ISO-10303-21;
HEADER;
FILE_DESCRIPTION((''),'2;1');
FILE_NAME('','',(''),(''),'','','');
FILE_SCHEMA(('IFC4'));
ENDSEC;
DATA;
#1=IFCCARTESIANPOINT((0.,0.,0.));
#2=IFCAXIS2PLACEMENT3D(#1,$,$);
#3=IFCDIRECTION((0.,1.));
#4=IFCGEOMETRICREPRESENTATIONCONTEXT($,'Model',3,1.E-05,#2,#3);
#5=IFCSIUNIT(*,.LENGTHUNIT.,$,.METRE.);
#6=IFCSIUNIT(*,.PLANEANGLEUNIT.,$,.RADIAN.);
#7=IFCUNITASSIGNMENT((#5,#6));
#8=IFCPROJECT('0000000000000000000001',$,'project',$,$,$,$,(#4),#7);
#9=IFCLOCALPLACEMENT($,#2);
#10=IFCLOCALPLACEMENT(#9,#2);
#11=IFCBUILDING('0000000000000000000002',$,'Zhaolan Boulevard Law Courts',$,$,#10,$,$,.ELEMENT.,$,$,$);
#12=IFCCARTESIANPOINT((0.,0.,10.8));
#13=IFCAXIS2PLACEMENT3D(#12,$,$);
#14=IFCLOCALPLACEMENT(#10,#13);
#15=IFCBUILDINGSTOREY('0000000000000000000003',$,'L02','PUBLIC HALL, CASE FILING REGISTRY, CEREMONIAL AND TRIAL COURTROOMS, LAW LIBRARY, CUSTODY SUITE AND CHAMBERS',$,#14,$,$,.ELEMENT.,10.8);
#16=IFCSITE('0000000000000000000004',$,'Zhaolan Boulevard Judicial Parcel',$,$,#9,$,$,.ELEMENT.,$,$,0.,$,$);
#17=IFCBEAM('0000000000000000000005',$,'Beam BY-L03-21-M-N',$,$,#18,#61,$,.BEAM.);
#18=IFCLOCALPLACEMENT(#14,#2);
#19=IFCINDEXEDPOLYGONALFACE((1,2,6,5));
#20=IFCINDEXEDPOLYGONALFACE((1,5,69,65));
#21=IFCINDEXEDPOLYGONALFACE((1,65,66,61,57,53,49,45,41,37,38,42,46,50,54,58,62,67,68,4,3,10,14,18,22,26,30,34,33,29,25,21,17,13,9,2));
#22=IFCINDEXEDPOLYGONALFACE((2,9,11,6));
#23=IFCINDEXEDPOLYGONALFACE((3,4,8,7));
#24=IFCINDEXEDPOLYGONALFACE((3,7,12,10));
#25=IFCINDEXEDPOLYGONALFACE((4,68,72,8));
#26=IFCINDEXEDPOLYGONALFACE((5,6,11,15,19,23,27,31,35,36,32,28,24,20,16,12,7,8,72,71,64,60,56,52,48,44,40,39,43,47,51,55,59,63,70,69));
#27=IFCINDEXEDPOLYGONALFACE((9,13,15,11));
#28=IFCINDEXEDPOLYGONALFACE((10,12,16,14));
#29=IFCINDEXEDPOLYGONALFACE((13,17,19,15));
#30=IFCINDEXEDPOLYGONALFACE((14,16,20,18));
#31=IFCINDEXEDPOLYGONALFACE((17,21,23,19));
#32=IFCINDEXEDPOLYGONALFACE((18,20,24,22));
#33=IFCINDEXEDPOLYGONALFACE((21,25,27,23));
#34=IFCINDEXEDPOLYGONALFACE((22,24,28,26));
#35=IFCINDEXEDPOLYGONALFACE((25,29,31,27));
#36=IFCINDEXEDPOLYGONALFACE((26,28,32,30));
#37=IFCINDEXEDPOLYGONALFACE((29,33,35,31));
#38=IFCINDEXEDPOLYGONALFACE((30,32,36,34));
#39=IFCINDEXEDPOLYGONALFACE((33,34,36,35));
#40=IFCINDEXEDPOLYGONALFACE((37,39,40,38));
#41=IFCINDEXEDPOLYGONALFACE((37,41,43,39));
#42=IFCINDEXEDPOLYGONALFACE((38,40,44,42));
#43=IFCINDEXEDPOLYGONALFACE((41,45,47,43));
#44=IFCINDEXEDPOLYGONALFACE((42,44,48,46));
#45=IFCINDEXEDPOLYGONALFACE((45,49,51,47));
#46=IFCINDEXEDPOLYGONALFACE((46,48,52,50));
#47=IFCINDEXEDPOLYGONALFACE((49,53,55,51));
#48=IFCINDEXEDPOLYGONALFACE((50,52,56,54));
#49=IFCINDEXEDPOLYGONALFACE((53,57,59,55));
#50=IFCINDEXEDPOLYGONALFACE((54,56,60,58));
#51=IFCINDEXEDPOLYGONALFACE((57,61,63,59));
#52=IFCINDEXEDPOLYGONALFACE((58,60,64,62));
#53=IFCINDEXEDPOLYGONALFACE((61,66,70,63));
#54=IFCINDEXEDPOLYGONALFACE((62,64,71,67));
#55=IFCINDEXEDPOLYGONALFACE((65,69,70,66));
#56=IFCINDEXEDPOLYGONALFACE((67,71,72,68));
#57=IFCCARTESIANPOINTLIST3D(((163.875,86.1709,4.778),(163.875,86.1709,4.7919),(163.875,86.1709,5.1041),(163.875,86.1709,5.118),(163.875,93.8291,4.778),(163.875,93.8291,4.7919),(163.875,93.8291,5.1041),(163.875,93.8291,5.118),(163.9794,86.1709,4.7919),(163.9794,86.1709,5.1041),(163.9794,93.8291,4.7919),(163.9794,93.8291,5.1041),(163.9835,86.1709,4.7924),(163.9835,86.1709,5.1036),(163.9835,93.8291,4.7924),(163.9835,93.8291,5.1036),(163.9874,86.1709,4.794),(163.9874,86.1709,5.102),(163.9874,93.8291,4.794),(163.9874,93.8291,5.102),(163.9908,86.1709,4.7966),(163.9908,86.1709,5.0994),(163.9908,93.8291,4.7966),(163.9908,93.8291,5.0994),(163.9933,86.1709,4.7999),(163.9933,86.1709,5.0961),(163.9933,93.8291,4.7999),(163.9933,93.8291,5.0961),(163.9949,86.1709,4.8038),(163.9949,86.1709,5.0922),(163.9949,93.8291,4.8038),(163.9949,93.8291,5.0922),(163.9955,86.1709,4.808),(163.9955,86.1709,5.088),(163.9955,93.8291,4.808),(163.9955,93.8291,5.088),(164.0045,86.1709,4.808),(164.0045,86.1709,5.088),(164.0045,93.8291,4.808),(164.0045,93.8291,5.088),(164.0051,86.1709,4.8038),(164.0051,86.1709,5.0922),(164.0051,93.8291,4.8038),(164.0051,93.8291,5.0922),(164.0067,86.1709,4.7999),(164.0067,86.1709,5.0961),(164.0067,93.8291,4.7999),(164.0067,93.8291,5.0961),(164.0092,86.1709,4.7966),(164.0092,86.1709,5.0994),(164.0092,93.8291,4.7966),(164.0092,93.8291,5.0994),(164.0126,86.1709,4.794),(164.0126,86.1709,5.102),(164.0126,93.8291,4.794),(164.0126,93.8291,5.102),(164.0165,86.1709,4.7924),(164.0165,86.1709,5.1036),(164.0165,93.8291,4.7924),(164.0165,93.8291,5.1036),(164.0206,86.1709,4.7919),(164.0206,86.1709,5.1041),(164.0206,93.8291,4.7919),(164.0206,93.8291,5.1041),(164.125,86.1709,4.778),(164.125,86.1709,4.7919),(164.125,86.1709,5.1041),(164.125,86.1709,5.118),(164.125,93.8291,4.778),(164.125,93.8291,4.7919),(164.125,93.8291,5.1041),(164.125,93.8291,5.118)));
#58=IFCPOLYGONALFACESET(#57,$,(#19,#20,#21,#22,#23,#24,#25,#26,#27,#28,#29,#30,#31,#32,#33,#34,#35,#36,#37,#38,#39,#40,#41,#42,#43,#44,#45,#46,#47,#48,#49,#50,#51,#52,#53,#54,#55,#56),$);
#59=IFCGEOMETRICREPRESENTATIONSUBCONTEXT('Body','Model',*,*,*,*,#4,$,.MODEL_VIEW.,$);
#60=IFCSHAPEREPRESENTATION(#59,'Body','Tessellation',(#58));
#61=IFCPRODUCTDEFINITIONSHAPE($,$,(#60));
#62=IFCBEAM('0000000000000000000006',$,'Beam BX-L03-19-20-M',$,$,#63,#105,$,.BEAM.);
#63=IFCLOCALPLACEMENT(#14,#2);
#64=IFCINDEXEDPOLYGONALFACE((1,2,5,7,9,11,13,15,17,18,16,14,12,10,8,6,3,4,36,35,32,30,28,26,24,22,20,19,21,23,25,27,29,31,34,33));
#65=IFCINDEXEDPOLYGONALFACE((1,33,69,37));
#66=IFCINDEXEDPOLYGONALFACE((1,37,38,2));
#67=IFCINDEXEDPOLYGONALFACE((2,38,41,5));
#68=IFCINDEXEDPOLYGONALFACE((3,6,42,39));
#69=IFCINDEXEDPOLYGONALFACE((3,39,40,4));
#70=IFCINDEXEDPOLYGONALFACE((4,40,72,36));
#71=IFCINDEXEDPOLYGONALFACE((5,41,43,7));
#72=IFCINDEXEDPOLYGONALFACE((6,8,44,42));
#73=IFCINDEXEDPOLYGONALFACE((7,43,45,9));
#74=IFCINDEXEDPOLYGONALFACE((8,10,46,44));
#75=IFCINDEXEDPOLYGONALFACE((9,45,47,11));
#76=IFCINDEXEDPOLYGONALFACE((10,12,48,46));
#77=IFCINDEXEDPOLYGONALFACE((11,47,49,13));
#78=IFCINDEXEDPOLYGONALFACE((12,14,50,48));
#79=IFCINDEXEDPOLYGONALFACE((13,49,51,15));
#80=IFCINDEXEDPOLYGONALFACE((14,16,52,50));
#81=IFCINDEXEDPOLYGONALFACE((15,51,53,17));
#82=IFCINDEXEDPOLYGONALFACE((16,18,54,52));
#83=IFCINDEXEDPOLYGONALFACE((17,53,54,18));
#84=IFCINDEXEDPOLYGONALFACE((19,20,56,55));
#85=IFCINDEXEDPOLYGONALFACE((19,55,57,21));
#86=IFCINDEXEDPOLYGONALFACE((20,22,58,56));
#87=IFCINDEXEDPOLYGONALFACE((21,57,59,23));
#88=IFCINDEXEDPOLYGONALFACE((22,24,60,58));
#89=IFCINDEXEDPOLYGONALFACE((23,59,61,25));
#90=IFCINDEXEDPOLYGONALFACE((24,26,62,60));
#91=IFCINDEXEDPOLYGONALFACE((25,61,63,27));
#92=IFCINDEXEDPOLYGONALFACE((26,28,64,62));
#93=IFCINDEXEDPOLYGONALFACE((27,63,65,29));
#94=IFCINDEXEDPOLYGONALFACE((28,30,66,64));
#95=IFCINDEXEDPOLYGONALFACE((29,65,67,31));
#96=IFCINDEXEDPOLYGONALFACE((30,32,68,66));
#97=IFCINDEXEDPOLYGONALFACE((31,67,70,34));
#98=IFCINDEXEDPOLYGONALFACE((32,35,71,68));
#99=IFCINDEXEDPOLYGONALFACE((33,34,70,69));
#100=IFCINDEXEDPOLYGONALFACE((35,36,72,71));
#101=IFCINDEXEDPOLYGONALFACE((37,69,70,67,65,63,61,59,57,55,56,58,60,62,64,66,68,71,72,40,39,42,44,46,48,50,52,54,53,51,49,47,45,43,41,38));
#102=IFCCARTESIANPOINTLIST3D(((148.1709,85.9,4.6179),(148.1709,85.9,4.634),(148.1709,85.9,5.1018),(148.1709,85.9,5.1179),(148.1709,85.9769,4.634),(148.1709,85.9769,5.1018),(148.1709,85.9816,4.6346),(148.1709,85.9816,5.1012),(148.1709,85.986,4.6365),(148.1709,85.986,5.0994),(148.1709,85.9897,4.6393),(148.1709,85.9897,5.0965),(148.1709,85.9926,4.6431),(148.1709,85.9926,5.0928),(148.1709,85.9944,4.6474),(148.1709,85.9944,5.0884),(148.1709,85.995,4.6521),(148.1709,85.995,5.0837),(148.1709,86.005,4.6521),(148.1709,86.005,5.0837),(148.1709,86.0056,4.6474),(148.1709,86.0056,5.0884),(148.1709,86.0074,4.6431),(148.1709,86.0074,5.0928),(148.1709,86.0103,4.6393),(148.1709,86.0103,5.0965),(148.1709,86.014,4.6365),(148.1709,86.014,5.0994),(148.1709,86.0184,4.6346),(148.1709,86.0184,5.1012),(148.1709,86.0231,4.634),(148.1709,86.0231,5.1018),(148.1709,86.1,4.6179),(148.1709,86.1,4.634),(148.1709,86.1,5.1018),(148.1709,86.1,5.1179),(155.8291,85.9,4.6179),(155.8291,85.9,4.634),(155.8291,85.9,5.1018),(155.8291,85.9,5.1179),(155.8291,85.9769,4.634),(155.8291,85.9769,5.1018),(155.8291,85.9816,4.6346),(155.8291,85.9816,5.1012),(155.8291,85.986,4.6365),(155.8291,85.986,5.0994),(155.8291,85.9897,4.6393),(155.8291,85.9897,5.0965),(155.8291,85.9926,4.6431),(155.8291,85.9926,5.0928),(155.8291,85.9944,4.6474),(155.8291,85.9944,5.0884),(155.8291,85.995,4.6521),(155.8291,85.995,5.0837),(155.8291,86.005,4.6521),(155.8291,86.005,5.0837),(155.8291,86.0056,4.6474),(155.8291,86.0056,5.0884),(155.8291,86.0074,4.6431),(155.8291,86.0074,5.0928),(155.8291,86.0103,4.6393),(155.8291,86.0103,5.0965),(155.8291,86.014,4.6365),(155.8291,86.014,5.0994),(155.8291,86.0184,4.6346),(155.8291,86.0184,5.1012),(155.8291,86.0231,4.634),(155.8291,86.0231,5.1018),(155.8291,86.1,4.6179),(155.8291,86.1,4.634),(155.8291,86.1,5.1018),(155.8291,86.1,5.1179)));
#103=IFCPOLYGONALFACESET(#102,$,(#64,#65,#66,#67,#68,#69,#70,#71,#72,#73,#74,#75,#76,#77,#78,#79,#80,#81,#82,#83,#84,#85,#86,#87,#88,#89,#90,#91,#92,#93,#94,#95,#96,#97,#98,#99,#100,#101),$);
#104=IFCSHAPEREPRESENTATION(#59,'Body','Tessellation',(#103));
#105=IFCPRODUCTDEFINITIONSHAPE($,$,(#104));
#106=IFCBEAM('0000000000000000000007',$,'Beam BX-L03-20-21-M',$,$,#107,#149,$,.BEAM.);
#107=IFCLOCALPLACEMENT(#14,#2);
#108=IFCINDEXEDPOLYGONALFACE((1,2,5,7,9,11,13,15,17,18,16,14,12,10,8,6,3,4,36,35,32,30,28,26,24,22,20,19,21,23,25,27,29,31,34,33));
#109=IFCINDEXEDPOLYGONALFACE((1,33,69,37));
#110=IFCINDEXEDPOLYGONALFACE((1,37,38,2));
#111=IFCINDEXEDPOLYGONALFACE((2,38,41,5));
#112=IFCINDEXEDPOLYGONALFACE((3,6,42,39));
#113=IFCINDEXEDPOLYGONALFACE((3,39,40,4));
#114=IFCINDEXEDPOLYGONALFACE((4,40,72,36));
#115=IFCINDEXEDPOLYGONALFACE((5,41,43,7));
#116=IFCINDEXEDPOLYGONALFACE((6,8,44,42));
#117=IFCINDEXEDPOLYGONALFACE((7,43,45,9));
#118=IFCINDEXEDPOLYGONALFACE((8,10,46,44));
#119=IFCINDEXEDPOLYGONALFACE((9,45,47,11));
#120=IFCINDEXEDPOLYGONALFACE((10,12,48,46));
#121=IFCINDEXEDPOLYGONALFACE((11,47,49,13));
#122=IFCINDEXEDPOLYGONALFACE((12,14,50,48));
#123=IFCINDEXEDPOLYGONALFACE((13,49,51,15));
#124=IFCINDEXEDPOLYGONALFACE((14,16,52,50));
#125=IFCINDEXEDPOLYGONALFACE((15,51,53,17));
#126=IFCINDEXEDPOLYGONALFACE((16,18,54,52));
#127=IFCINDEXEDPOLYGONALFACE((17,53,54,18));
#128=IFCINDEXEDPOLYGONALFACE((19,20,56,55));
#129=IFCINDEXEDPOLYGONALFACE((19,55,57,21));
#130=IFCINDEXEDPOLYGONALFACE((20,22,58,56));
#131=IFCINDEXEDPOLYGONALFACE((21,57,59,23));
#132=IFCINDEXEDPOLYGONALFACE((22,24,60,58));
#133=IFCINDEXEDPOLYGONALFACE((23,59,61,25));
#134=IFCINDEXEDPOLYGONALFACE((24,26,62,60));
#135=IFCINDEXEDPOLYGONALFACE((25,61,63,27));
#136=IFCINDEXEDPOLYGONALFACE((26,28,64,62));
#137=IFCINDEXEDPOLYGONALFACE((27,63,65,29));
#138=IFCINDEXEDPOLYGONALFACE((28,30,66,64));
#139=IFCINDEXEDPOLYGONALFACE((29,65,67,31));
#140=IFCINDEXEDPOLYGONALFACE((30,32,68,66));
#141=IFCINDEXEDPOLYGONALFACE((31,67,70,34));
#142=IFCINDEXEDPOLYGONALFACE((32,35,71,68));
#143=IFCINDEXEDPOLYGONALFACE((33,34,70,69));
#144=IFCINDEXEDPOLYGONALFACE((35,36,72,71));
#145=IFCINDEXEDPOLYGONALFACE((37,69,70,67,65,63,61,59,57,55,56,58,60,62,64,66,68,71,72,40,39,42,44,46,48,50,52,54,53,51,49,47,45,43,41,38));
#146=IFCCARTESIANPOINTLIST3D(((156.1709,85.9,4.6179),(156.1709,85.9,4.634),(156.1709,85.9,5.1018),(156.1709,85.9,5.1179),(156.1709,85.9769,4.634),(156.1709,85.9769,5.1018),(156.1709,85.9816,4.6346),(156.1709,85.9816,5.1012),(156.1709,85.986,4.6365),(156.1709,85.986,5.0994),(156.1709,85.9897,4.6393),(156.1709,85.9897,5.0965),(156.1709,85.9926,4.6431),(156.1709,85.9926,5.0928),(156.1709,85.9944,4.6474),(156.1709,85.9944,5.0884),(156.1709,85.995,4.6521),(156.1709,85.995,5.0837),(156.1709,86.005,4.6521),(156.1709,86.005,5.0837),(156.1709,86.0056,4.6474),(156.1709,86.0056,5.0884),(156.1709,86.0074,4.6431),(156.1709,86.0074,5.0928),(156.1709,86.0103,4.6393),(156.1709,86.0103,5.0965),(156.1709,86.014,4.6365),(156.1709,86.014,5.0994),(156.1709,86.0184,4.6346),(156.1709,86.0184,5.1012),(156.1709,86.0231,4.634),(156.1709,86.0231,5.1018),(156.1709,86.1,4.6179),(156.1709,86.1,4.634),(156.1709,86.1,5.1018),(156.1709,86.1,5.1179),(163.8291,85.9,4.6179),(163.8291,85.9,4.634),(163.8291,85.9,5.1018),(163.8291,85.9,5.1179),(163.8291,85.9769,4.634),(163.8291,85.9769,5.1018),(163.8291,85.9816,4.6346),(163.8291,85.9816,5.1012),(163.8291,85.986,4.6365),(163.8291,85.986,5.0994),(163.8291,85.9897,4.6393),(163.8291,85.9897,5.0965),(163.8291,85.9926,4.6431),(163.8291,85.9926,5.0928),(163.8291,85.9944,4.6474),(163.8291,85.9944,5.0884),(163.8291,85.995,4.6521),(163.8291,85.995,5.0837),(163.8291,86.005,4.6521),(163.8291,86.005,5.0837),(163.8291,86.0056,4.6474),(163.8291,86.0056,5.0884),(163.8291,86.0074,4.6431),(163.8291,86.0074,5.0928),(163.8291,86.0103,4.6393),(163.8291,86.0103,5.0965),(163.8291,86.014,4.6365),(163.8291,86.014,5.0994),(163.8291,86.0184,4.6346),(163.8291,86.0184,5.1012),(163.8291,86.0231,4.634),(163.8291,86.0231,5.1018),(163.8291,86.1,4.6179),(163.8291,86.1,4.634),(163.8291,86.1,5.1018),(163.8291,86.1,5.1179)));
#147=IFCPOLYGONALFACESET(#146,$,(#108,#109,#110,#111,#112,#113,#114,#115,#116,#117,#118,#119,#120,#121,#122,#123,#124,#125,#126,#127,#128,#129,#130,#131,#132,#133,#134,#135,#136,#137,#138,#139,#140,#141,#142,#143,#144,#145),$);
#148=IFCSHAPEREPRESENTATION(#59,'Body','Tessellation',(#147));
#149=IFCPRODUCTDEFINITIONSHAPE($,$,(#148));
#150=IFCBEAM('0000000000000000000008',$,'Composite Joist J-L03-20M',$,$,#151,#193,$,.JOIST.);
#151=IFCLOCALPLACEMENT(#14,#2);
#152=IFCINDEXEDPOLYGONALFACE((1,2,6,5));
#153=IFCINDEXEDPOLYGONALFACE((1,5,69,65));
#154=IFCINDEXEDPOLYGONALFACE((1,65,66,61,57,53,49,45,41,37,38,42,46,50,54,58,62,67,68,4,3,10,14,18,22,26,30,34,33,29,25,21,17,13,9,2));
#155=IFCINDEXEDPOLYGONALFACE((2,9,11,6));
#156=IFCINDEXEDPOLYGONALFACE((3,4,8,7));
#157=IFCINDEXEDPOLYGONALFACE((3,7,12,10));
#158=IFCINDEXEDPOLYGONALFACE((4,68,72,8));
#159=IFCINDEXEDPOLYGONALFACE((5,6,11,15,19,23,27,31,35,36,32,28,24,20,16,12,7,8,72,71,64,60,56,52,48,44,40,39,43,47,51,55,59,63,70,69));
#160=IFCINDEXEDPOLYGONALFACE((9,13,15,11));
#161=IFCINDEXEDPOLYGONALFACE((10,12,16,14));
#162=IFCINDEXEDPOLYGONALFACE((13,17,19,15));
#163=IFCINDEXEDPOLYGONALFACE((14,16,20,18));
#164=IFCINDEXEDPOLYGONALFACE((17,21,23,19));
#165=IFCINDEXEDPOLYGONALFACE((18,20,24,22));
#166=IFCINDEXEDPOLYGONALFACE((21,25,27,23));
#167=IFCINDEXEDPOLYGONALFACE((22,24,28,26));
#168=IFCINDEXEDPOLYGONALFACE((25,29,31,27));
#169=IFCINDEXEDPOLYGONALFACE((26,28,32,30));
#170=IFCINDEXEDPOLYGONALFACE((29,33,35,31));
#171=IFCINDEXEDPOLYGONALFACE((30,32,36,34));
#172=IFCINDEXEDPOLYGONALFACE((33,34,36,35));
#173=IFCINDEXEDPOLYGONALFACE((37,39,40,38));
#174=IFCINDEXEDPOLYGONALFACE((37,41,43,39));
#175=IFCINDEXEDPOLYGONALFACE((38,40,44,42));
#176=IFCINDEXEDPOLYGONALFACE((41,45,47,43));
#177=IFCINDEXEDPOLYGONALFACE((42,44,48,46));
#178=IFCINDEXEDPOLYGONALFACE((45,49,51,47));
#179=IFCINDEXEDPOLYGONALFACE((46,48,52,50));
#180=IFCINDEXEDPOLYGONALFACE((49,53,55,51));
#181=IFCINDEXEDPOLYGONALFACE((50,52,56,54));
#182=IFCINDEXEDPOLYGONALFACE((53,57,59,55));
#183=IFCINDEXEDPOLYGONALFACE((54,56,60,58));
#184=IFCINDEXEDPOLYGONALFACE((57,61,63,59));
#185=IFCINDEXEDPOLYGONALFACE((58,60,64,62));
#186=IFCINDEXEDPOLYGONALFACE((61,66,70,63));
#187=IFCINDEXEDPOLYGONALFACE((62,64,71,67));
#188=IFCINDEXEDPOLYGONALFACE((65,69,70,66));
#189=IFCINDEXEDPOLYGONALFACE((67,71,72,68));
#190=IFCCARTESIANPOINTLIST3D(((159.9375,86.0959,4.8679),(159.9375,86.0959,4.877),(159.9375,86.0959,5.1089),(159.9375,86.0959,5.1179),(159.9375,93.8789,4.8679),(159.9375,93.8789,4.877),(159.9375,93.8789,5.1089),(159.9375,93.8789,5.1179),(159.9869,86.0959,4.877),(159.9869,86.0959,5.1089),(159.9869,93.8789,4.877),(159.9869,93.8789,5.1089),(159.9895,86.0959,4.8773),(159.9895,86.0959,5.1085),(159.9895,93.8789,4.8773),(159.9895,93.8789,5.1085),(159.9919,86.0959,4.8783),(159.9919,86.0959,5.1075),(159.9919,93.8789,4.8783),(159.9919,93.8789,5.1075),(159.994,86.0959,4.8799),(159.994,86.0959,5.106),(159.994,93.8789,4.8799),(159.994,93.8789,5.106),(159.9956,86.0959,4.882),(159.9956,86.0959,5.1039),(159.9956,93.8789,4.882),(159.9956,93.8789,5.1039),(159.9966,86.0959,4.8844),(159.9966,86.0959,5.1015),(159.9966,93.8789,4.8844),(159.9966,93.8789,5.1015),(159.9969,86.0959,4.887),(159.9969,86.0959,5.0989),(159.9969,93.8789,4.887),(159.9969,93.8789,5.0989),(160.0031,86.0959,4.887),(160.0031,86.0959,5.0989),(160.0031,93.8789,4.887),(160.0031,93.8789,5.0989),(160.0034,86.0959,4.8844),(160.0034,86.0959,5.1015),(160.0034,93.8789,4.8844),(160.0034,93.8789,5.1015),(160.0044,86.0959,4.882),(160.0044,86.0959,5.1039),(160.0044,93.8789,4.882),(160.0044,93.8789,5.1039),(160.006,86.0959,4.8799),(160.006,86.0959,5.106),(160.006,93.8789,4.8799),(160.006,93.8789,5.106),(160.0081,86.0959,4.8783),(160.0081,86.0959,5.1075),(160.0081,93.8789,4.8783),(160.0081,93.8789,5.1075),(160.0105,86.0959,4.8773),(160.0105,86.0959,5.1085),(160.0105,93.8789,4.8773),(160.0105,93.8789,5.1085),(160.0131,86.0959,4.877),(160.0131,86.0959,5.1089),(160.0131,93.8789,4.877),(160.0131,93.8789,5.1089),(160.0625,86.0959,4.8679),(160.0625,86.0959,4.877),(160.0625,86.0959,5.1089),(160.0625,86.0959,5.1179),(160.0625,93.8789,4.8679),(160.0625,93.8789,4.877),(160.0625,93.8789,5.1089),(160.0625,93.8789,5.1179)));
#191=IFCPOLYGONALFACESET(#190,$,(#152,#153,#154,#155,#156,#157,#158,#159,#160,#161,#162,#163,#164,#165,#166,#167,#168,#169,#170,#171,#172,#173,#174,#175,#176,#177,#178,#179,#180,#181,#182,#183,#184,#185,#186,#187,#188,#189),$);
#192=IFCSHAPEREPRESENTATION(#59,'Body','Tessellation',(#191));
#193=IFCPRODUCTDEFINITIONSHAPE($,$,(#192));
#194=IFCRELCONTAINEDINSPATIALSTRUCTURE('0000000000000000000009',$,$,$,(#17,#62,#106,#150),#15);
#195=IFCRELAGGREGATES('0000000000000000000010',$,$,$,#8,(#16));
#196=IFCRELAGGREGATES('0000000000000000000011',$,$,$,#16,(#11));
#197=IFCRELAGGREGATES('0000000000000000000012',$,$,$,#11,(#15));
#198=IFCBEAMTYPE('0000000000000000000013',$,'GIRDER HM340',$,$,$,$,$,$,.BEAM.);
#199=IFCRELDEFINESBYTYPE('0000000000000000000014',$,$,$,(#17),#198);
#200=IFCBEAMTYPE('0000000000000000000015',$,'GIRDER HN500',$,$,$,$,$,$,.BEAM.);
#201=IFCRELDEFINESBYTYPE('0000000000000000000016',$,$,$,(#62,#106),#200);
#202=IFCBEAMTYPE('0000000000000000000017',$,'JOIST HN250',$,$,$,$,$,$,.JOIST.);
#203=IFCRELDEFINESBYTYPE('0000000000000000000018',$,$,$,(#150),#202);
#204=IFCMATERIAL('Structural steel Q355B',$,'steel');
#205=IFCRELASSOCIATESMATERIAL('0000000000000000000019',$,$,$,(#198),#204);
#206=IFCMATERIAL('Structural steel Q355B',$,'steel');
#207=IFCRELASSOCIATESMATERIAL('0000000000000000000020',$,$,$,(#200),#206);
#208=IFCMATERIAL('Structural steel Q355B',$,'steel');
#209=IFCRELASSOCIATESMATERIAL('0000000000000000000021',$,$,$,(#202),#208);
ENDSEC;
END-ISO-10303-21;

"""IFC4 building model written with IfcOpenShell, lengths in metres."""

from ifc_helpers import new_model, si_unit, direction, frame, origin, origin_2d, place, context, subcontext, project, spatial, i_section, extrude, material, material_profile, profile_set, type_object, element, save


model = new_model("IFC4")

# Units and contexts
model_context = context("Model", 3, precision=1e-05, world=origin(), true_north=direction((0.0, 1.0)))
body_context = subcontext(model_context, "Body", "Model", "MODEL_VIEW")
ifc_project = project(units=[si_unit("LENGTHUNIT", "METRE"), si_unit("PLANEANGLEUNIT", "RADIAN")], contexts=[model_context])

# Site, building, storey
site_placement = place(None, origin())
site = spatial("IfcSite", under=ifc_project, at=site_placement, Name="Zhaolan Boulevard Judicial Parcel", CompositionType="ELEMENT", RefElevation=0.0)
building_placement = place(site_placement, origin())
building = spatial("IfcBuilding", under=site, at=building_placement, Name="Zhaolan Boulevard Law Courts", CompositionType="ELEMENT")
storey_placement = place(building_placement, frame((0.0, 0.0, 10.8)))
storey = spatial("IfcBuildingStorey", under=building, at=storey_placement, Name="L02", Description="PUBLIC HALL, CASE FILING REGISTRY, CEREMONIAL AND TRIAL COURTROOMS, LAW LIBRARY, CUSTODY SUITE AND CHAMBERS", CompositionType="ELEMENT", Elevation=10.8)

# Beams
ifc_material_1 = material(Name="Structural steel Q355B", Category="steel")
ifc_material_profile_1 = material_profile(ifc_material_1, i_section(OverallWidth=0.25, OverallDepth=0.3401, WebThickness=0.009, FlangeThickness=0.0139, FilletRadius=0.0161, at=origin_2d()), Name="HM340x250")
ifc_profile_set_1 = profile_set([ifc_material_profile_1], Name="Structural steel Q355B")
beam_type_1 = type_object("IfcBeamType", Name="GIRDER HM340", PredefinedType="BEAM", material=ifc_profile_set_1)
for number, where, z_axis, x_axis, name in (
    (1, (164.0, 86.1709, 4.948), (0.0, 1.0, 0.0), (-1.0, 0.0, 0.0), "Beam BY-L03-21-M-N"),
):
    element("IfcBeam", number, at=place(storey_placement, frame(where, z_axis=z_axis, x_axis=x_axis)), inside=storey, type_object=beam_type_1, Name=name, PredefinedType="BEAM", context=body_context, shape_type="SweptSolid", body=[
        extrude(i_section(OverallWidth=0.25, OverallDepth=0.3401, WebThickness=0.009, FlangeThickness=0.0139, FilletRadius=0.0161, at=origin_2d()), origin(), (0.0, 0.0, 1.0), 7.6582),
    ])
ifc_material_2 = material(Name="Structural steel Q355B", Category="steel")
ifc_material_profile_2 = material_profile(ifc_material_2, i_section(OverallWidth=0.2, OverallDepth=0.5, WebThickness=0.01, FlangeThickness=0.0161, FilletRadius=0.0181, at=origin_2d()), Name="HN500x200")
ifc_profile_set_2 = profile_set([ifc_material_profile_2], Name="Structural steel Q355B")
beam_type_2 = type_object("IfcBeamType", Name="GIRDER HN500", PredefinedType="BEAM", material=ifc_profile_set_2)
for number, where, z_axis, x_axis, name in (
    (2, (148.1709, 86.0, 4.8679), (1.0, 0.0, 0.0), (0.0, 1.0, 0.0), "Beam BX-L03-19-20-M"),
    (3, (156.1709, 86.0, 4.8679), (1.0, 0.0, 0.0), (0.0, 1.0, 0.0), "Beam BX-L03-20-21-M"),
):
    element("IfcBeam", number, at=place(storey_placement, frame(where, z_axis=z_axis, x_axis=x_axis)), inside=storey, type_object=beam_type_2, Name=name, PredefinedType="BEAM", context=body_context, shape_type="SweptSolid", body=[
        extrude(i_section(OverallWidth=0.2, OverallDepth=0.5, WebThickness=0.01, FlangeThickness=0.0161, FilletRadius=0.0181, at=origin_2d()), origin(), (0.0, 0.0, 1.0), 7.6582),
    ])
ifc_material_3 = material(Name="Structural steel Q355B", Category="steel")
ifc_material_profile_3 = material_profile(ifc_material_3, i_section(OverallWidth=0.125, OverallDepth=0.25, WebThickness=0.0061, FlangeThickness=0.009, FilletRadius=0.01, at=origin_2d()), Name="HN250x125")
ifc_profile_set_3 = profile_set([ifc_material_profile_3], Name="Structural steel Q355B")
beam_type_3 = type_object("IfcBeamType", Name="JOIST HN250", PredefinedType="JOIST", material=ifc_profile_set_3)
beam_1_placement = place(storey_placement, frame((160.0, 86.0959, 4.9929), z_axis=(0.0, 1.0, 0.0), x_axis=(-1.0, 0.0, 0.0)))
element("IfcBeam", 4, at=beam_1_placement, inside=storey, type_object=beam_type_3, Name="Composite Joist J-L03-20M", PredefinedType="JOIST", context=body_context, shape_type="SweptSolid", body=[
    extrude(i_section(OverallWidth=0.125, OverallDepth=0.25, WebThickness=0.0061, FlangeThickness=0.009, FilletRadius=0.01, at=origin_2d()), origin(), (0.0, 0.0, 1.0), 7.783),
])

save(model, "model.ifc")
